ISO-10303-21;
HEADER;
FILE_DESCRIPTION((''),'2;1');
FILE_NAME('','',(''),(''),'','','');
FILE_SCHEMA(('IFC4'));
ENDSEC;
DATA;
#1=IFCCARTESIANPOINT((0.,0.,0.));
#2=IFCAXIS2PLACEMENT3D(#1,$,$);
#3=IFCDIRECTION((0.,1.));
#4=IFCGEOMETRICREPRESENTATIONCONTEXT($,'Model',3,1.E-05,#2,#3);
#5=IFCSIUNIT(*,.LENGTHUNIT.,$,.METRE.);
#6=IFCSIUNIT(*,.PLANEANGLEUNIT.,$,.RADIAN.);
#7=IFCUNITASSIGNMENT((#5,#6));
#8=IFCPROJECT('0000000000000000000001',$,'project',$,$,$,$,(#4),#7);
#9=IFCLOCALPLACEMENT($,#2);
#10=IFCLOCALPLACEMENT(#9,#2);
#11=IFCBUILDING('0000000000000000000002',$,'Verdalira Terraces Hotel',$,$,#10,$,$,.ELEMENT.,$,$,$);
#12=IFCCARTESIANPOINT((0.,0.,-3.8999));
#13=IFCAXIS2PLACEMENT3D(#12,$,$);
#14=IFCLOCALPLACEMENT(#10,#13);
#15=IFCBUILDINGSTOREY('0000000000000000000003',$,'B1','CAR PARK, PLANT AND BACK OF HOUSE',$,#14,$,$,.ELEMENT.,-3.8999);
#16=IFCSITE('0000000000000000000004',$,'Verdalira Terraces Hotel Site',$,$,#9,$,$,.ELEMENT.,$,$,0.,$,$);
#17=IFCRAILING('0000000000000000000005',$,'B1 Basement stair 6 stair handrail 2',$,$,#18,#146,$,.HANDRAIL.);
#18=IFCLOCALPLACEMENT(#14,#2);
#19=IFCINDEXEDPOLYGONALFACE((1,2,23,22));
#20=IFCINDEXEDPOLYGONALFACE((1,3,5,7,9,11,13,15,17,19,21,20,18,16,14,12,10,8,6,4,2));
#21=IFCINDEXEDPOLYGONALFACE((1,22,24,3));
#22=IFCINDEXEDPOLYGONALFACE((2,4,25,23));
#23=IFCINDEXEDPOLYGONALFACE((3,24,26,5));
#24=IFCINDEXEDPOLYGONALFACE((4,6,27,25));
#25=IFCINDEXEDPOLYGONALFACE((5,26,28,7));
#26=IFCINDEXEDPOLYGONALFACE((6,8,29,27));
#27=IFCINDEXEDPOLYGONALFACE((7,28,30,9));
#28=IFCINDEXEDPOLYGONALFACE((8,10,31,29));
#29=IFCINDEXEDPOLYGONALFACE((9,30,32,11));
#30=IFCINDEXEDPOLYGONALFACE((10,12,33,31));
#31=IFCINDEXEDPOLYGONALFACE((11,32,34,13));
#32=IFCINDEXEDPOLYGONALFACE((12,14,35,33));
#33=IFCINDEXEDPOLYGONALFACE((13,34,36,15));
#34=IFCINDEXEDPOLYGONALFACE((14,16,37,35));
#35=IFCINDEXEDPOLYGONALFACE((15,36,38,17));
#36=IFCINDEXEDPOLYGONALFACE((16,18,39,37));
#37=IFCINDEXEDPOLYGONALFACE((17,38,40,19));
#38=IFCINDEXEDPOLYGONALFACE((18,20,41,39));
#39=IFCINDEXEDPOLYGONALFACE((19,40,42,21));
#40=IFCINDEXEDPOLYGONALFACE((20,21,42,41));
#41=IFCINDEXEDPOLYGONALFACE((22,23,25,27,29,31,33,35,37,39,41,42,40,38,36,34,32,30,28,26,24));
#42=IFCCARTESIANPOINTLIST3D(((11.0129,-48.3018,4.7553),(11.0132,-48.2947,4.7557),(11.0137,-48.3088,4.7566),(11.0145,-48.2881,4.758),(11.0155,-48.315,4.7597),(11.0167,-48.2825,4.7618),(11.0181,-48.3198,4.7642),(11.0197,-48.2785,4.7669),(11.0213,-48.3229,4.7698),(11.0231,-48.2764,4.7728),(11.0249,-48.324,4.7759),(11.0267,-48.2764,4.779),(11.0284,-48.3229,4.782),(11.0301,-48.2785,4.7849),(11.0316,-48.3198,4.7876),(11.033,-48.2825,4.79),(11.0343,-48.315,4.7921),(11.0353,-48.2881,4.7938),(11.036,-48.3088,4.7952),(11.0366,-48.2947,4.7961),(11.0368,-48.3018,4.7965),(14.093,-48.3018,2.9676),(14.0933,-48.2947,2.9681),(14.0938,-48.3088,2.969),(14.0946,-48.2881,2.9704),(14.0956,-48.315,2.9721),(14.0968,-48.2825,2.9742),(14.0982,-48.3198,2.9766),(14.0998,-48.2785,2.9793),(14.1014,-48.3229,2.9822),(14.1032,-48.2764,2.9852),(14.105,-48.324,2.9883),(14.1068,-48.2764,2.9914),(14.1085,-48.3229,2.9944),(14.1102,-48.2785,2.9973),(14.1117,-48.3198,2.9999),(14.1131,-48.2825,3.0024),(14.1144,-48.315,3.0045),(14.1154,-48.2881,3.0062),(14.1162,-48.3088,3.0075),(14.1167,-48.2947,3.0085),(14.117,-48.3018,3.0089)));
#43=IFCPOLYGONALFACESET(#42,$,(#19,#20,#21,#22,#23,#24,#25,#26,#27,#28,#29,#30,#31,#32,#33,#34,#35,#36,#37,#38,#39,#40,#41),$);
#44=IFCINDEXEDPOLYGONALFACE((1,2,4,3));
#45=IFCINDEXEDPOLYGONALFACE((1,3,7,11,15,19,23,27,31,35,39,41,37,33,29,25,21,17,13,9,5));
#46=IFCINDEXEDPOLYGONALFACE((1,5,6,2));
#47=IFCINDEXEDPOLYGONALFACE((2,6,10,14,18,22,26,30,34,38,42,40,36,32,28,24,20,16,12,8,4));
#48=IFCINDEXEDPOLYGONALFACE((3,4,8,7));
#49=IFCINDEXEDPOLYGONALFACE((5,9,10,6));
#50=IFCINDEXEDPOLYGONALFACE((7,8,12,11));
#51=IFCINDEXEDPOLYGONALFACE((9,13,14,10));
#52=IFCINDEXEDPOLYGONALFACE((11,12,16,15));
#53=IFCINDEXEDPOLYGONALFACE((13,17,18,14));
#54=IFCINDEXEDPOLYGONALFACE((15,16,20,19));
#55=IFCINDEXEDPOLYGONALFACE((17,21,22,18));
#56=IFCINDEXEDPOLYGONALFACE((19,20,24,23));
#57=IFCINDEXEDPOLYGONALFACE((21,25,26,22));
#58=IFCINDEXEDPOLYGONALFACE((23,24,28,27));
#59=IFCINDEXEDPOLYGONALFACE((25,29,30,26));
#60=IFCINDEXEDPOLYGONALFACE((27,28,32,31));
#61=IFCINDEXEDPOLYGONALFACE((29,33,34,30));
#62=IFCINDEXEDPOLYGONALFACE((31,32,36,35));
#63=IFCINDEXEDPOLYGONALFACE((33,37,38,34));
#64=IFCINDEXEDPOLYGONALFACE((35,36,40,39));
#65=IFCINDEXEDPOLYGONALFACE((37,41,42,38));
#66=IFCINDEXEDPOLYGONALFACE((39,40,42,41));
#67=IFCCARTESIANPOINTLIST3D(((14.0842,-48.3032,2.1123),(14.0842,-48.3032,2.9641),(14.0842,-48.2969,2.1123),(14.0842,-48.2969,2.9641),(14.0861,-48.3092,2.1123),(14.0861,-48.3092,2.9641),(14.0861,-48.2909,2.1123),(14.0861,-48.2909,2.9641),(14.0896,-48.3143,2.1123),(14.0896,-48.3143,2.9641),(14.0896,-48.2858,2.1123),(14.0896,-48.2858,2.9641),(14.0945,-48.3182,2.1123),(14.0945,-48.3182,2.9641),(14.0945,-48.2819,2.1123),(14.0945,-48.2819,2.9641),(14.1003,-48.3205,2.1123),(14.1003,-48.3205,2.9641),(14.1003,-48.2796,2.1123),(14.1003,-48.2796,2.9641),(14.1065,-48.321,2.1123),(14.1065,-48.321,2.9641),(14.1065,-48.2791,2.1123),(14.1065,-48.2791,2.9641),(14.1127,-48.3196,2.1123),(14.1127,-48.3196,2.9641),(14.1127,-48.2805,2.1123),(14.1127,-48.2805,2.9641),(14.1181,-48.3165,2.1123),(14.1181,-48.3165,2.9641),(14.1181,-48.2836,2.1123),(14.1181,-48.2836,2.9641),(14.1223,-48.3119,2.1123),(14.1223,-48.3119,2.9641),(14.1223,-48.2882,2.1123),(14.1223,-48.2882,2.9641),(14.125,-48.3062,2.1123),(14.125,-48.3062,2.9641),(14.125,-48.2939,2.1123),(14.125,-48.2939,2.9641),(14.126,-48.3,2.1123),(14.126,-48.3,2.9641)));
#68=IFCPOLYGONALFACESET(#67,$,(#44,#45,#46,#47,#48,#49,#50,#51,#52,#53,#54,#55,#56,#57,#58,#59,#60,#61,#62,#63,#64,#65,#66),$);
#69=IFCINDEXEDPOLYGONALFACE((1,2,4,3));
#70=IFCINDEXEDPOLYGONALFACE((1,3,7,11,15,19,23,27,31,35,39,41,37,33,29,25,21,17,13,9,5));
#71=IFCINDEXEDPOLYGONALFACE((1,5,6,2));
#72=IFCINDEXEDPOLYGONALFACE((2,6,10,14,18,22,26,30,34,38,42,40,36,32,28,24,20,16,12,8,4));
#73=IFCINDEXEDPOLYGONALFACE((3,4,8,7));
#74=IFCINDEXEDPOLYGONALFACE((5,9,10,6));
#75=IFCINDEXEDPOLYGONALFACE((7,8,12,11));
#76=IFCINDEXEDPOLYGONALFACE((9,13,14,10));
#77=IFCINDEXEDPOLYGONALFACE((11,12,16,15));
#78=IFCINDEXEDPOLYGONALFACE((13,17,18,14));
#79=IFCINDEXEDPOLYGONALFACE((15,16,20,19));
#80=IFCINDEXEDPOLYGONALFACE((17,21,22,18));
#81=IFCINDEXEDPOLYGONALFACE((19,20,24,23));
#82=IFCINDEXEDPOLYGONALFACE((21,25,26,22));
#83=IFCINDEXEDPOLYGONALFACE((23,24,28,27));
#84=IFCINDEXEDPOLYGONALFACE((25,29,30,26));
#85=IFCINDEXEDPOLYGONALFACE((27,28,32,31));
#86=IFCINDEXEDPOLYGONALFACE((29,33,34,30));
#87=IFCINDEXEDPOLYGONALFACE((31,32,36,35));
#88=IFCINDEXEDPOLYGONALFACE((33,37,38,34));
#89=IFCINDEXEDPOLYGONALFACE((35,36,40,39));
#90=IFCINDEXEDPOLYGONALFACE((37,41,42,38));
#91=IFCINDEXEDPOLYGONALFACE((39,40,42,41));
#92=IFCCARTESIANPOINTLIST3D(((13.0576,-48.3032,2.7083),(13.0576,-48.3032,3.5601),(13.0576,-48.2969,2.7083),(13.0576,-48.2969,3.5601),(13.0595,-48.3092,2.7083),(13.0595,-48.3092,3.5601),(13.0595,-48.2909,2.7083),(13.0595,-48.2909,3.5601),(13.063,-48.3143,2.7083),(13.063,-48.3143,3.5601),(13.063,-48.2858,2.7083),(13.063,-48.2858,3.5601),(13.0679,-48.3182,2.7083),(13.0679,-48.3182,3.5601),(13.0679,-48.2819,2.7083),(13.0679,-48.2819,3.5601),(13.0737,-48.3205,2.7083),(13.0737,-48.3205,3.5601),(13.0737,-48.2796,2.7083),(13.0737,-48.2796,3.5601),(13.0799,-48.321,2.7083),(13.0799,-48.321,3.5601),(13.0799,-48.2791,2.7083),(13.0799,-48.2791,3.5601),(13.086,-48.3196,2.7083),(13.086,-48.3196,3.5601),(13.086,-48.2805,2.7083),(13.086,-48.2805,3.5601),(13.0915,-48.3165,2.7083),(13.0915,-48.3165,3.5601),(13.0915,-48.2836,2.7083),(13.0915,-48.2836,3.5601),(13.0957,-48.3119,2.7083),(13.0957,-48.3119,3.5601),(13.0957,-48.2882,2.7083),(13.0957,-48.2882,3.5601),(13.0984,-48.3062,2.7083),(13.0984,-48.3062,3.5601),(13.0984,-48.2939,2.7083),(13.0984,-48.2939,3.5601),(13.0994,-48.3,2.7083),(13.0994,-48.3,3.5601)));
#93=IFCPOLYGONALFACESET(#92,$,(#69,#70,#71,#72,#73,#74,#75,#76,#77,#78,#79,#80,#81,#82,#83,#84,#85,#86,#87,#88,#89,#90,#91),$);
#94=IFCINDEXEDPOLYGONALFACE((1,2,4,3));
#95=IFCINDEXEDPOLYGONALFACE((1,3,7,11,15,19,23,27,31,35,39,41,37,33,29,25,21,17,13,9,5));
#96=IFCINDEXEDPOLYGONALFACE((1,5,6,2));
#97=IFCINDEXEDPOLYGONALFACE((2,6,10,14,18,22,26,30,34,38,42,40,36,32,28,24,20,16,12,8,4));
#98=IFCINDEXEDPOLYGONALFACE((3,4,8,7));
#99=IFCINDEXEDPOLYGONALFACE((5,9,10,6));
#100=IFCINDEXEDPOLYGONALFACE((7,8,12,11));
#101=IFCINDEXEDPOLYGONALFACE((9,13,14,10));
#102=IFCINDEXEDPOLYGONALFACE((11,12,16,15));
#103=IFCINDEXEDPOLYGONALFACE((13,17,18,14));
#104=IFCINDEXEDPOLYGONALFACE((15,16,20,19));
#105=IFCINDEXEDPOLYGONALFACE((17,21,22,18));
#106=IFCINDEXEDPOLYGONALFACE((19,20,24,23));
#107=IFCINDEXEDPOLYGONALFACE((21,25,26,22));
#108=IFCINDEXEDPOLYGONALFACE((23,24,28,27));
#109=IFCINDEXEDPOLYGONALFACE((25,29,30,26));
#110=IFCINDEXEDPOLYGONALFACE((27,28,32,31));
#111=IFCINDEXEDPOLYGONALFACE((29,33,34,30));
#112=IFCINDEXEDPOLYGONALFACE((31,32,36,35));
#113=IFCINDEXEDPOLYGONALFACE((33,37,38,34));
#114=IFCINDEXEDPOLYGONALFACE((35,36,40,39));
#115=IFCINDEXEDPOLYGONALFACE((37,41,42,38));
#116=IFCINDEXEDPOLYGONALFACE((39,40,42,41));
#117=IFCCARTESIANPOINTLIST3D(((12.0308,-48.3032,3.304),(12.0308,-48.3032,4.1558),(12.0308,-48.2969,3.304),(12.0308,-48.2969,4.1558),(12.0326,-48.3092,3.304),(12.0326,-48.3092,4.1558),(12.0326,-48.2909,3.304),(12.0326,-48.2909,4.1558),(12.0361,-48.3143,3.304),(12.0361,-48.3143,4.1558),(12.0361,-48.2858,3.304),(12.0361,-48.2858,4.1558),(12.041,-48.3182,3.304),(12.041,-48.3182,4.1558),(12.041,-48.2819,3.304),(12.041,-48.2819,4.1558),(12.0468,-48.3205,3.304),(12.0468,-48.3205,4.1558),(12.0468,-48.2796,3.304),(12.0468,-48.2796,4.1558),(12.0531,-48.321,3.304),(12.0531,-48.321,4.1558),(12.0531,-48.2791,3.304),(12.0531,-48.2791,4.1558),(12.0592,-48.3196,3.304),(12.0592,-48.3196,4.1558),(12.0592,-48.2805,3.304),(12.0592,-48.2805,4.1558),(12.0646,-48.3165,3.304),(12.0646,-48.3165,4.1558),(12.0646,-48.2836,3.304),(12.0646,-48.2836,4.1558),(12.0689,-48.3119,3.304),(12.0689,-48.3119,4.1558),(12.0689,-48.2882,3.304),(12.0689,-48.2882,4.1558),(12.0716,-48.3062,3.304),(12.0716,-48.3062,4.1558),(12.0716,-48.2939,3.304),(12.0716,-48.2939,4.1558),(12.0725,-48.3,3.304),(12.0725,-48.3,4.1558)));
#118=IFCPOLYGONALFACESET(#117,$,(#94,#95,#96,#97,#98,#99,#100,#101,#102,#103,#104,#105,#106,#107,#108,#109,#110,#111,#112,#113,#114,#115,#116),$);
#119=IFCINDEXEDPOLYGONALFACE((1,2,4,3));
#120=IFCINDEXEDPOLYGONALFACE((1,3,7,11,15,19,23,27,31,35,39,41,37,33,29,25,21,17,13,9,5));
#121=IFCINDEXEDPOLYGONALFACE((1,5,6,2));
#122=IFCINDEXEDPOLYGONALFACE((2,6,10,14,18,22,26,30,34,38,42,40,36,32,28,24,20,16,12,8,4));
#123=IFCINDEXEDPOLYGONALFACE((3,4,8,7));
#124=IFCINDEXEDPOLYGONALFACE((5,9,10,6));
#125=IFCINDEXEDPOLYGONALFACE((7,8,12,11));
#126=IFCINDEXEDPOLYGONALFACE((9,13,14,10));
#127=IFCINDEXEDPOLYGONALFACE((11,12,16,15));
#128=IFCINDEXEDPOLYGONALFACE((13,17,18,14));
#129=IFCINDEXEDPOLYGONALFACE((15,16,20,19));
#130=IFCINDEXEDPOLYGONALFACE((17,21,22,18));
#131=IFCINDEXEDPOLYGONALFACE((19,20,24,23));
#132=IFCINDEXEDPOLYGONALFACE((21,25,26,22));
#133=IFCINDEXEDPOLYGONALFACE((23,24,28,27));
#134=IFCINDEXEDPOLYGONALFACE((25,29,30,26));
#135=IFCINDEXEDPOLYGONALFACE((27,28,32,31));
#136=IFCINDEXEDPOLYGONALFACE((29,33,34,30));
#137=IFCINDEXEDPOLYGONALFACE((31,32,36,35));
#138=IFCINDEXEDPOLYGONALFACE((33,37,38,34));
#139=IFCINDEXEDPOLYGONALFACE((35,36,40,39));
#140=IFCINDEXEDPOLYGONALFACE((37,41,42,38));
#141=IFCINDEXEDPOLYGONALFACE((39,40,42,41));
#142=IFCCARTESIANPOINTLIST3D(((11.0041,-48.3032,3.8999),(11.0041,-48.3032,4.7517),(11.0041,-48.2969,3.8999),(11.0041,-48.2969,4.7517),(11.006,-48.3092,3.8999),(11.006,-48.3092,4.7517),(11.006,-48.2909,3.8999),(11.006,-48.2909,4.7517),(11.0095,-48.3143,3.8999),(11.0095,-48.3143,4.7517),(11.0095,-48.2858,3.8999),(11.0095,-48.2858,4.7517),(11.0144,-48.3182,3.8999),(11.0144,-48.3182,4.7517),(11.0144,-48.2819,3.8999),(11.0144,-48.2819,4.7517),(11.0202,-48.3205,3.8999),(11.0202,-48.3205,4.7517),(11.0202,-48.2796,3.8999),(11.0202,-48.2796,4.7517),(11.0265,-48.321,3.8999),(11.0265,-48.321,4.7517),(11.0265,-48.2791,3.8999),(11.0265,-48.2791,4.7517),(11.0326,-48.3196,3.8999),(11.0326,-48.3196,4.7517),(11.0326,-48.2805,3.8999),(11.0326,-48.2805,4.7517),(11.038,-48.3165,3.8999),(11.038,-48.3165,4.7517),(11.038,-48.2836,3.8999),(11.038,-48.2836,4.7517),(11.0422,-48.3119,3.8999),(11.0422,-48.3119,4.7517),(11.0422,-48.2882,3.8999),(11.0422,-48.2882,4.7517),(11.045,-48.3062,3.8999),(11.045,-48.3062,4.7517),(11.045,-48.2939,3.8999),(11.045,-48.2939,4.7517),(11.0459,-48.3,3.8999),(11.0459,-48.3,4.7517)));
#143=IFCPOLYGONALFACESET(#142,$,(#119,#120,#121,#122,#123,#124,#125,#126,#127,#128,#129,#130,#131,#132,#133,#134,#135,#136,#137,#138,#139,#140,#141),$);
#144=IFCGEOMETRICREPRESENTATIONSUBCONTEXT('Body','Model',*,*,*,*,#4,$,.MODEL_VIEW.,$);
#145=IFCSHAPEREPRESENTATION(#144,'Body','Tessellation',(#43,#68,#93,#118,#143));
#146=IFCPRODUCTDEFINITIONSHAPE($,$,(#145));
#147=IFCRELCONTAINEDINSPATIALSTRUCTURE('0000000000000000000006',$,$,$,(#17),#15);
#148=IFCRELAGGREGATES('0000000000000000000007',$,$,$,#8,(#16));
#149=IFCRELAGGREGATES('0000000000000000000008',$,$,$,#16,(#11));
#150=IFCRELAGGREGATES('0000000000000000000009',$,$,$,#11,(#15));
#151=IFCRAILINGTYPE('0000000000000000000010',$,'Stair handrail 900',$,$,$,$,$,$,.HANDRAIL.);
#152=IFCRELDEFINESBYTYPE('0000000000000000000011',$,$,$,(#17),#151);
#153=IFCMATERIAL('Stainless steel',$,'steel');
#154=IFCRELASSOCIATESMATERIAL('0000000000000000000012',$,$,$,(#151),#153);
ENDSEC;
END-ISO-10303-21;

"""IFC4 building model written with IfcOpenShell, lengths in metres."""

from ifc_helpers import new_model, si_unit, direction, frame, origin, origin_2d, place, context, subcontext, project, spatial, circle, extrude, material, type_object, element, save


model = new_model("IFC4")

# Units and contexts
model_context = context("Model", 3, precision=1e-05, world=origin(), true_north=direction((0.0, 1.0)))
body_context = subcontext(model_context, "Body", "Model", "MODEL_VIEW")
ifc_project = project(units=[si_unit("LENGTHUNIT", "METRE"), si_unit("PLANEANGLEUNIT", "RADIAN")], contexts=[model_context])

# Site, building, storey
site_placement = place(None, origin())
site = spatial("IfcSite", under=ifc_project, at=site_placement, Name="Verdalira Terraces Hotel Site", CompositionType="ELEMENT", RefElevation=0.0)
building_placement = place(site_placement, origin())
building = spatial("IfcBuilding", under=site, at=building_placement, Name="Verdalira Terraces Hotel", CompositionType="ELEMENT")
storey_placement = place(building_placement, frame((0.0, 0.0, -3.8999)))
storey = spatial("IfcBuildingStorey", under=building, at=storey_placement, Name="B1", Description="CAR PARK, PLANT AND BACK OF HOUSE", CompositionType="ELEMENT", Elevation=-3.8999)

# Railing
ifc_material_1 = material(Name="Stainless steel", Category="steel")
railing_type_1 = type_object("IfcRailingType", Name="Stair handrail 900", PredefinedType="HANDRAIL", material=ifc_material_1)
railing_1_placement = place(storey_placement, frame((14.105, -48.3, 2.1123)))
element("IfcRailing", 1, at=railing_1_placement, inside=storey, type_object=railing_type_1, Name="B1 Basement stair 6 stair handrail 2", PredefinedType="HANDRAIL", context=body_context, shape_type="SweptSolid", body=[
    extrude(circle(Radius=0.0239, at=origin_2d()), frame((0.0, 0.0, 0.876), z_axis=(-0.864891, 0.0, 0.50196), x_axis=(0.0, -1.0, 0.0)), (0.0, 0.0, 1.0), 3.5613),
    extrude(circle(Radius=0.021, at=origin_2d()), origin(), (0.0, 0.0, 1.0), 0.8518),
    extrude(circle(Radius=0.021, at=origin_2d()), frame((-1.0266, 0.0, 0.5959)), (0.0, 0.0, 1.0), 0.8518),
    extrude(circle(Radius=0.021, at=origin_2d()), frame((-2.0535, 0.0, 1.1917)), (0.0, 0.0, 1.0), 0.8518),
    extrude(circle(Radius=0.021, at=origin_2d()), frame((-3.0801, 0.0, 1.7876)), (0.0, 0.0, 1.0), 0.8518),
])

save(model, "model.ifc")
